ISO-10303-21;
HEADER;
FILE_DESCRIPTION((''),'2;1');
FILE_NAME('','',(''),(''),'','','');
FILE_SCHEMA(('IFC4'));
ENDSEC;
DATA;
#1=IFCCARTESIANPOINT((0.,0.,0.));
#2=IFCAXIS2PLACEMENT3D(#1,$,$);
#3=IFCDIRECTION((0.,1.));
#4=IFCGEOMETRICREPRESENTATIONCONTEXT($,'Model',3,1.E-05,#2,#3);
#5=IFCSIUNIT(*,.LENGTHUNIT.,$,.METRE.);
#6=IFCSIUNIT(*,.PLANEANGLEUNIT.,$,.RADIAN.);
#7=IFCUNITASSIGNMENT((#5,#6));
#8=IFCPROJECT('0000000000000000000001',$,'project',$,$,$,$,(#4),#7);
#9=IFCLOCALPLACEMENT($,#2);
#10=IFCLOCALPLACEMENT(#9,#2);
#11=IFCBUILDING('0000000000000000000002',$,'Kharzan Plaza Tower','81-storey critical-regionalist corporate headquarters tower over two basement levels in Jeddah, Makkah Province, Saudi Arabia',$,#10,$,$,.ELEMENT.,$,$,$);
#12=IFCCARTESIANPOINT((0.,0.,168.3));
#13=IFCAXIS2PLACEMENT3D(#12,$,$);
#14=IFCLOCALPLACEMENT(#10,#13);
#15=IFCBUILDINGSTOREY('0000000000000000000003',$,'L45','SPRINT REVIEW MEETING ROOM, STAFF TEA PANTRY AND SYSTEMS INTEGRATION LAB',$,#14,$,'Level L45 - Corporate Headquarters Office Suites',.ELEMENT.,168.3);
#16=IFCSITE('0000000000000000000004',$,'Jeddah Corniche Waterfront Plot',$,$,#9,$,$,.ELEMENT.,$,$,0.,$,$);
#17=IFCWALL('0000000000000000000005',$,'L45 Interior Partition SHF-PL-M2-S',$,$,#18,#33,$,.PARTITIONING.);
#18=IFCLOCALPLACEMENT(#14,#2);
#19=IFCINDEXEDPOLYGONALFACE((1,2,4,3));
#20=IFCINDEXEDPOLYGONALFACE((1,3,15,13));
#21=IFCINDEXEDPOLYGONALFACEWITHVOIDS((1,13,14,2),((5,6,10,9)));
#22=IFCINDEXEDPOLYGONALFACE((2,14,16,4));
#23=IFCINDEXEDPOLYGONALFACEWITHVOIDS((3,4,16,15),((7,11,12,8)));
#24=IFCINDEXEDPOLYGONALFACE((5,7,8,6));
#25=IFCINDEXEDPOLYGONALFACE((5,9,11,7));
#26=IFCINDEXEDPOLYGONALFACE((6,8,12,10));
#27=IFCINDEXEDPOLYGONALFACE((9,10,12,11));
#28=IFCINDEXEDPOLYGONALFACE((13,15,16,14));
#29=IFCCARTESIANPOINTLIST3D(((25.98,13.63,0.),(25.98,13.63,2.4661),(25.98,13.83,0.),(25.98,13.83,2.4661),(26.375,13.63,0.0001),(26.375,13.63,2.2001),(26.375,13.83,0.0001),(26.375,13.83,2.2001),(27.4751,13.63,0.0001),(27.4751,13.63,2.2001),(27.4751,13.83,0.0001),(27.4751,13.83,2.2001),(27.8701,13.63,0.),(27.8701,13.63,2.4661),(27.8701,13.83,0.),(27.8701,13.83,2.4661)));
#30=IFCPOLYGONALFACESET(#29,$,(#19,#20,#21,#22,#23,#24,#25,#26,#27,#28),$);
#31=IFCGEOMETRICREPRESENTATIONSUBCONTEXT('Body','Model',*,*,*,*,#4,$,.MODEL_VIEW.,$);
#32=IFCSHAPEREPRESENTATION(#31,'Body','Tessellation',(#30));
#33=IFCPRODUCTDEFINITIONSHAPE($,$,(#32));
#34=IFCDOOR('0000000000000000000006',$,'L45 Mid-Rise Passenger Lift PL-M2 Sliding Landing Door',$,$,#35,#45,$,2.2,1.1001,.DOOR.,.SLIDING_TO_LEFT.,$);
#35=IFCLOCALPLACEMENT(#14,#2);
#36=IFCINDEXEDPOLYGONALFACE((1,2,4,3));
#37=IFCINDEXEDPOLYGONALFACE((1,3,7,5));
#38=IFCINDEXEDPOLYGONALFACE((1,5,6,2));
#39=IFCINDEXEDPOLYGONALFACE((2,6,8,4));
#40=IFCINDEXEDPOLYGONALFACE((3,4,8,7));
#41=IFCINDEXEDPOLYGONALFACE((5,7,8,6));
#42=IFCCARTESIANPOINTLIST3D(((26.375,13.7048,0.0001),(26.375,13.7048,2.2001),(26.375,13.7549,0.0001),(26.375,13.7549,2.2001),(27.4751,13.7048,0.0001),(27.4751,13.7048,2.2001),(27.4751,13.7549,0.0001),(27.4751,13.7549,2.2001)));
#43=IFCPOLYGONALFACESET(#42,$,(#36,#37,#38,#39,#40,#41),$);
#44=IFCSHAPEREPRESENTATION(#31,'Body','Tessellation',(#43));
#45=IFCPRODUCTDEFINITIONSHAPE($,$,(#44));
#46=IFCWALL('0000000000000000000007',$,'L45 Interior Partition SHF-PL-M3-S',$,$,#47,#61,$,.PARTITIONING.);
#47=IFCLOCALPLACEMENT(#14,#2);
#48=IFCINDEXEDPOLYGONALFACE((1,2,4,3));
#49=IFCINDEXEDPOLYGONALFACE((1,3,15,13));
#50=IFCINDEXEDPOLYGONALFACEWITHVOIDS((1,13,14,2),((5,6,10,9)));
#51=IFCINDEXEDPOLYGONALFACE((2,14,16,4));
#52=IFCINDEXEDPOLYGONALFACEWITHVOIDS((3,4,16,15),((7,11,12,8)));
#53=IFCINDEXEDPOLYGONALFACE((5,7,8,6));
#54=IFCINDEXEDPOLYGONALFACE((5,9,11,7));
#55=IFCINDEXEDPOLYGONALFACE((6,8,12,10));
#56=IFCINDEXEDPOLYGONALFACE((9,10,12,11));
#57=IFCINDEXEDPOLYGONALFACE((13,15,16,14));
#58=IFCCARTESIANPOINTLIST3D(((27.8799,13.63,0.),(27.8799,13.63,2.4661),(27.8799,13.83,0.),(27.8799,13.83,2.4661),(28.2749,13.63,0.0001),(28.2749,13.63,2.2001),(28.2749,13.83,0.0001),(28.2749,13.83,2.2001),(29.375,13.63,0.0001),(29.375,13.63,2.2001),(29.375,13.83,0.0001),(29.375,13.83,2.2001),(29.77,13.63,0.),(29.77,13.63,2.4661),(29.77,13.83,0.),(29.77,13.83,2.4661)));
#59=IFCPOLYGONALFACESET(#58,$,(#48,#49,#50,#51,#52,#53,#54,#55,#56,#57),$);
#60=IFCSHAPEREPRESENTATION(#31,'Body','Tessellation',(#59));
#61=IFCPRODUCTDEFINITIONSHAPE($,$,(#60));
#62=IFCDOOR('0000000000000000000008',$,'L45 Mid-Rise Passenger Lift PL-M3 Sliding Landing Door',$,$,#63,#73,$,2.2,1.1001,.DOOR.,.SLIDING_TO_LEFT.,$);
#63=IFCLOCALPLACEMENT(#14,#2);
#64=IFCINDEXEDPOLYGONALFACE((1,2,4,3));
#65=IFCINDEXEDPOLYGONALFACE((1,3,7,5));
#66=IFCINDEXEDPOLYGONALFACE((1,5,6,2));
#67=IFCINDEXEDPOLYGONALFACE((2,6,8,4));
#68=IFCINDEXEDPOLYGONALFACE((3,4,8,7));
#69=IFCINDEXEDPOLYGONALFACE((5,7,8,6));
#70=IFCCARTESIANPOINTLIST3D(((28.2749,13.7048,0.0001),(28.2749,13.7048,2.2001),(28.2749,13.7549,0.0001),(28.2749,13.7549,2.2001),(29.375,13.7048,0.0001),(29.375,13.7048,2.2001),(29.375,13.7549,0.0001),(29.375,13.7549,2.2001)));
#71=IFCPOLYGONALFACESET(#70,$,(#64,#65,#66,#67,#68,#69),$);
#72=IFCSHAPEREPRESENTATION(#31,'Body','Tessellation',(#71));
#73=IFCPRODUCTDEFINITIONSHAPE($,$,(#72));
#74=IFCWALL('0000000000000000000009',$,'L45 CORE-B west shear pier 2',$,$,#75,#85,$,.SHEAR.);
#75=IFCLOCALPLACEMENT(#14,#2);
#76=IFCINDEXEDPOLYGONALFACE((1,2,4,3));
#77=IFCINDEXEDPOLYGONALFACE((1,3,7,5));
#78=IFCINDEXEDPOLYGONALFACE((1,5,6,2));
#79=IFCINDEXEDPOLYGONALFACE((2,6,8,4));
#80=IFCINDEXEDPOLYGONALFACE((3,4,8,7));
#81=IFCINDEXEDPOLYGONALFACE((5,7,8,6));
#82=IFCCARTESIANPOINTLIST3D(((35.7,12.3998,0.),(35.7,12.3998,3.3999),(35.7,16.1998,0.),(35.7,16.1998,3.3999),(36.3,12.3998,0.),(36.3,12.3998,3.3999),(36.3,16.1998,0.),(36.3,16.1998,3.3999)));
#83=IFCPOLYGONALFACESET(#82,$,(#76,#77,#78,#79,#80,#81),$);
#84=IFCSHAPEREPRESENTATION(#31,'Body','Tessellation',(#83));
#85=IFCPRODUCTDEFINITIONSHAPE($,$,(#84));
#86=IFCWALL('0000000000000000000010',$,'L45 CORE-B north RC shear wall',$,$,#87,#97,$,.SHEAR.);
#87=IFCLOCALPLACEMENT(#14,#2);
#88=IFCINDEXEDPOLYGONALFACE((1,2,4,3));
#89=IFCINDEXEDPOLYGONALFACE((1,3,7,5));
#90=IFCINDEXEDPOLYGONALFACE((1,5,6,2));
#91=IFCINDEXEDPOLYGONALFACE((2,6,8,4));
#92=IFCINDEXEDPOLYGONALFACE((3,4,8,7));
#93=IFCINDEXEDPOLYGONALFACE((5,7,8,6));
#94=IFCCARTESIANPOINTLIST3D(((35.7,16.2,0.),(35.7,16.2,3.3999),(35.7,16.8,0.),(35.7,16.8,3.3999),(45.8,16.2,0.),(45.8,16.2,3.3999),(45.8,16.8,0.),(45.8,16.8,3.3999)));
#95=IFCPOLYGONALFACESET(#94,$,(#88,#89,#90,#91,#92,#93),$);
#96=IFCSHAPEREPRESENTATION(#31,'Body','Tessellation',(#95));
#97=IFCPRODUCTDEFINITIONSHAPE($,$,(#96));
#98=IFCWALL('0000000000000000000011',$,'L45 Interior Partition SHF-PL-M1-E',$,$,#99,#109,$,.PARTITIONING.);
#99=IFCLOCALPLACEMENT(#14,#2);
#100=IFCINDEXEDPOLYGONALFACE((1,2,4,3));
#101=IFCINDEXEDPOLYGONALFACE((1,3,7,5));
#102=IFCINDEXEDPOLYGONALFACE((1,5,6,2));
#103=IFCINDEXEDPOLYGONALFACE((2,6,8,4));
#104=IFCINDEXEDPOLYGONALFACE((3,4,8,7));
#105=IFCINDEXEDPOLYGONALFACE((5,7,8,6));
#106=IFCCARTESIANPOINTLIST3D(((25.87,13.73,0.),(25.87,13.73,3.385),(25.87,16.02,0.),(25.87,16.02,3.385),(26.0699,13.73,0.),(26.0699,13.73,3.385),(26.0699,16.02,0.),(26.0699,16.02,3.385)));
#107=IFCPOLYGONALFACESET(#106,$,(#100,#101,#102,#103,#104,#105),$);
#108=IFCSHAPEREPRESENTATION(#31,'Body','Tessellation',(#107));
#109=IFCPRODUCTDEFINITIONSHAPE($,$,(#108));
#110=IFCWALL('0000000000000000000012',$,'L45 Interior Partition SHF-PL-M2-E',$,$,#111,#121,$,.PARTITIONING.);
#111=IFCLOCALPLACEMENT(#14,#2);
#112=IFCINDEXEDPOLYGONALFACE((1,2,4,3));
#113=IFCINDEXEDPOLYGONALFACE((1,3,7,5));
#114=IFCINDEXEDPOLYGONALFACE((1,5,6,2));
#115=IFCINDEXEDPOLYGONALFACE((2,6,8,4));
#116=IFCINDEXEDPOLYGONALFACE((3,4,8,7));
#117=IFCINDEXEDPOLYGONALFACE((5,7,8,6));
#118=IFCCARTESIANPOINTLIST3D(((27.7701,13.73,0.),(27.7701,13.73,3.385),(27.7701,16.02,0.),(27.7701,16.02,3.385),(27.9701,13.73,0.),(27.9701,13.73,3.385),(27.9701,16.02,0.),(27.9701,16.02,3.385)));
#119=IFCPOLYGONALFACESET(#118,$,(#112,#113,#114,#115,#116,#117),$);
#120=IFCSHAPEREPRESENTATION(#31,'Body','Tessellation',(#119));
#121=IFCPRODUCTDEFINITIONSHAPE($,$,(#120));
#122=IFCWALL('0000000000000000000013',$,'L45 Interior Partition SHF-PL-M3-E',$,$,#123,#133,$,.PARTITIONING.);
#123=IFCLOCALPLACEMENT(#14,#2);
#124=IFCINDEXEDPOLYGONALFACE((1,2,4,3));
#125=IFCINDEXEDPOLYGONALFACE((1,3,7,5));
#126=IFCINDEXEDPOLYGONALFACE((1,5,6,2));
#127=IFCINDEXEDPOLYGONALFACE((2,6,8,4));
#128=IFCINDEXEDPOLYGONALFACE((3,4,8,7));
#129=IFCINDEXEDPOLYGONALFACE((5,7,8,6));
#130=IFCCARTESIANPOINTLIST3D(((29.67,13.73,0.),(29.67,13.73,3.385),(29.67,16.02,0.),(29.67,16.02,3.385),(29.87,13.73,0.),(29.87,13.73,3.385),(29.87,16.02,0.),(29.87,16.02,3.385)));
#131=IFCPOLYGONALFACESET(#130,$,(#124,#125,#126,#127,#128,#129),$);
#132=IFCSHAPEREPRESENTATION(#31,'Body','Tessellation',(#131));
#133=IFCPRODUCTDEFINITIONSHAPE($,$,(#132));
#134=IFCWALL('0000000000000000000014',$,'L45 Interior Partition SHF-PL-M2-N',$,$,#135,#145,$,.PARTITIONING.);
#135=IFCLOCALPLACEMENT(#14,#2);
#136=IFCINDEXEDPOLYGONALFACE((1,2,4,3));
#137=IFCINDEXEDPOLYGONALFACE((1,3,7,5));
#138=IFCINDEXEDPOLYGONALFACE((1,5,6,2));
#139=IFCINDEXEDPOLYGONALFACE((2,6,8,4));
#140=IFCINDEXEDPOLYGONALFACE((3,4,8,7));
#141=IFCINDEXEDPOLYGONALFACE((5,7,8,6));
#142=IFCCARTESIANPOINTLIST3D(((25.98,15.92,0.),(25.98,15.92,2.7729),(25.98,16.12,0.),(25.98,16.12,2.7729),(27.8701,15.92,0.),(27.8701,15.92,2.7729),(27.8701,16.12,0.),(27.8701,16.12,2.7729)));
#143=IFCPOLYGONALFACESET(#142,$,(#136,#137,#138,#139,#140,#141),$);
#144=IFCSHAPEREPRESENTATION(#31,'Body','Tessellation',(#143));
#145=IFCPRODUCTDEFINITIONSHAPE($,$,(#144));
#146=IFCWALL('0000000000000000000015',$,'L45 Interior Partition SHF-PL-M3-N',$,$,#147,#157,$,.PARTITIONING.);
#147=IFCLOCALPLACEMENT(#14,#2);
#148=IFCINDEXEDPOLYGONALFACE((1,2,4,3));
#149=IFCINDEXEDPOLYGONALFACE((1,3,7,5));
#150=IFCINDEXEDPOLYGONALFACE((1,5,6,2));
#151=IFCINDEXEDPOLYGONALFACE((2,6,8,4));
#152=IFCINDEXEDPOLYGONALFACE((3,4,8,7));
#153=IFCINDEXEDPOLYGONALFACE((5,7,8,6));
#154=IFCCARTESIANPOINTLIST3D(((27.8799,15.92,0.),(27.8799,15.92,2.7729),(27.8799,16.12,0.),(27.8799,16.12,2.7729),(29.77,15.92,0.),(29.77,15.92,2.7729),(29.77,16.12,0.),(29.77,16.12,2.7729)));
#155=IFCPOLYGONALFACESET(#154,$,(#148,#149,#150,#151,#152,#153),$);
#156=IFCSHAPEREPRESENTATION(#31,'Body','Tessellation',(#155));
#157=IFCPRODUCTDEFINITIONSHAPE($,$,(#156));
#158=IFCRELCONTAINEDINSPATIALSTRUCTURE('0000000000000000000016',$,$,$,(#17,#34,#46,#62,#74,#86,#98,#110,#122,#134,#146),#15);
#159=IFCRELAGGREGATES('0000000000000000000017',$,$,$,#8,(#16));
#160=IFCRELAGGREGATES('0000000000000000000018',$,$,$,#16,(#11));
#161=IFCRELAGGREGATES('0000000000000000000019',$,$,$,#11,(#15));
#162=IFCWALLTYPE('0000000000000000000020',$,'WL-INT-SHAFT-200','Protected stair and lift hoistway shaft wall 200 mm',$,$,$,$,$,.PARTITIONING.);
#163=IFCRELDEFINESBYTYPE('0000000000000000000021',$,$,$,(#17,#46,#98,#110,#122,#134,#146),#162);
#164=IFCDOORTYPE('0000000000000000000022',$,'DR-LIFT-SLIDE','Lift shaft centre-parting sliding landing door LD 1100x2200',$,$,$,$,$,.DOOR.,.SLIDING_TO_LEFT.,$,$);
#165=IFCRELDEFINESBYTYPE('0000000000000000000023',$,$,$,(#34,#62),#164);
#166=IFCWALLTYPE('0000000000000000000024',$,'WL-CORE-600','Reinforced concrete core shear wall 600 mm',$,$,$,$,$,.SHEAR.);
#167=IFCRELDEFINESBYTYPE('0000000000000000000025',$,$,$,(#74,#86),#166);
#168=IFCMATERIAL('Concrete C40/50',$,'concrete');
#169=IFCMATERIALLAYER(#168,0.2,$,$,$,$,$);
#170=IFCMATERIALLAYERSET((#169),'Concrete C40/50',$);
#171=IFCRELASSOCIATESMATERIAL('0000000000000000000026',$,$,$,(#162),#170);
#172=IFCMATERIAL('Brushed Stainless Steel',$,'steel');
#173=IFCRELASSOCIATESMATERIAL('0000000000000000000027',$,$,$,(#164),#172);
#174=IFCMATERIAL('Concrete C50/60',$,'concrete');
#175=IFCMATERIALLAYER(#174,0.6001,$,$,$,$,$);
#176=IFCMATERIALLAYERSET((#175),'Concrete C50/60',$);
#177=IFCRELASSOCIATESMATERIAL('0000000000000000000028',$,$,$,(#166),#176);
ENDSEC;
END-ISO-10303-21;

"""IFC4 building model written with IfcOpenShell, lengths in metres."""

from ifc_helpers import new_model, si_unit, direction, frame, frame_2d, origin, place, context, subcontext, project, spatial, rectangle, extrude, source, transform, mapped, material, layer, layer_set, type_object, element, fill, save


model = new_model("IFC4")

# Units and contexts
model_context = context("Model", 3, precision=1e-05, world=origin(), true_north=direction((0.0, 1.0)))
body_context = subcontext(model_context, "Body", "Model", "MODEL_VIEW")
ifc_project = project(units=[si_unit("LENGTHUNIT", "METRE"), si_unit("PLANEANGLEUNIT", "RADIAN")], contexts=[model_context])

# Site, building, storey
site_placement = place(None, origin())
site = spatial("IfcSite", under=ifc_project, at=site_placement, Name="Jeddah Corniche Waterfront Plot", CompositionType="ELEMENT", RefElevation=0.0)
building_placement = place(site_placement, origin())
building = spatial("IfcBuilding", under=site, at=building_placement, Name="Kharzan Plaza Tower", Description="81-storey critical-regionalist corporate headquarters tower over two basement levels in Jeddah, Makkah Province, Saudi Arabia", CompositionType="ELEMENT")
storey_placement = place(building_placement, frame((0.0, 0.0, 168.3)))
storey = spatial("IfcBuildingStorey", under=building, at=storey_placement, Name="L45", Description="SPRINT REVIEW MEETING ROOM, STAFF TEA PANTRY AND SYSTEMS INTEGRATION LAB", LongName="Level L45 - Corporate Headquarters Office Suites", CompositionType="ELEMENT", Elevation=168.3)

# Shared definitions
ifc_material_1 = material(Name="Concrete C50/60", Category="concrete")

# Shared definitions
ifc_material_2 = material(Name="Concrete C40/50", Category="concrete")

# Walls, openings, doors
ifc_layer_1 = layer(ifc_material_2, 0.2)
ifc_layer_set_1 = layer_set([ifc_layer_1], Name="Concrete C40/50")
wall_type_1 = type_object("IfcWallType", Name="WL-INT-SHAFT-200", Description="Protected stair and lift hoistway shaft wall 200 mm", PredefinedType="PARTITIONING", material=ifc_layer_set_1)
wall_1_placement = place(storey_placement, frame((25.98, 13.73, 0.0), z_axis=(0.0, 0.0, 1.0), x_axis=(1.0, 0.0, 0.0)))
wall_1 = element("IfcWall", 1, at=wall_1_placement, inside=storey, type_object=wall_type_1, Name="L45 Interior Partition SHF-PL-M2-S", PredefinedType="PARTITIONING", context=body_context, shape_type="SweptSolid", body=[
    extrude(rectangle(XDim=1.8901, YDim=0.2, at=frame_2d((0.9451, 0.0))), origin(), (0.0, 0.0, 1.0), 2.4661),
])
opening_1_placement = place(wall_1_placement, frame((0.395, 0.0, 0.0)))
opening_1 = element("IfcOpeningElement", 2, at=opening_1_placement, cuts=wall_1, PredefinedType="OPENING", context=body_context, shape_type="SweptSolid", body=[
    extrude(rectangle(XDim=1.1001, YDim=2.2, at=frame_2d((0.55, 1.1001))), frame((0.0, 0.1099, 0.0), z_axis=(0.0, -1.0, 0.0), x_axis=(1.0, 0.0, 0.0)), (0.0, 0.0, 1.0), 0.22),
])
ifc_material_3 = material(Name="Brushed Stainless Steel", Category="steel")
door_type_1 = type_object("IfcDoorType", Name="DR-LIFT-SLIDE", Description="Lift shaft centre-parting sliding landing door LD 1100x2200", OperationType="SLIDING_TO_LEFT", PredefinedType="DOOR", material=ifc_material_3)
shared_shape_1 = source(origin(), body_context, "Body", "SweptSolid", [
    extrude(rectangle(XDim=1.1001, YDim=2.2, at=frame_2d((0.55, 1.1001))), frame((0.0, 0.0249, 0.0), z_axis=(0.0, -1.0, 0.0), x_axis=(1.0, 0.0, 0.0)), (0.0, 0.0, 1.0), 0.05),
])
door_1_placement = place(opening_1_placement, origin())
door_1 = element("IfcDoor", 3, at=door_1_placement, inside=storey, type_object=door_type_1, Name="L45 Mid-Rise Passenger Lift PL-M2 Sliding Landing Door", OperationType="SLIDING_TO_LEFT", OverallHeight=2.2, OverallWidth=1.1001, PredefinedType="DOOR", context=body_context, shape_type="MappedRepresentation", body=[
    mapped(shared_shape_1, transform((0.0, 0.0, 0.0), x_axis=(1.0, 0.0, 0.0), y_axis=(0.0, 1.0, 0.0), z_axis=(0.0, 0.0, 1.0))),
])
fill(opening_1, door_1)
wall_2_placement = place(storey_placement, frame((27.8799, 13.73, 0.0), z_axis=(0.0, 0.0, 1.0), x_axis=(1.0, 0.0, 0.0)))
wall_2 = element("IfcWall", 4, at=wall_2_placement, inside=storey, type_object=wall_type_1, Name="L45 Interior Partition SHF-PL-M3-S", PredefinedType="PARTITIONING", context=body_context, shape_type="SweptSolid", body=[
    extrude(rectangle(XDim=1.8901, YDim=0.2, at=frame_2d((0.9451, 0.0))), origin(), (0.0, 0.0, 1.0), 2.4661),
])
opening_2_placement = place(wall_2_placement, frame((0.395, 0.0, 0.0)))
opening_2 = element("IfcOpeningElement", 5, at=opening_2_placement, cuts=wall_2, PredefinedType="OPENING", context=body_context, shape_type="SweptSolid", body=[
    extrude(rectangle(XDim=1.1001, YDim=2.2, at=frame_2d((0.55, 1.1001))), frame((0.0, 0.1099, 0.0), z_axis=(0.0, -1.0, 0.0), x_axis=(1.0, 0.0, 0.0)), (0.0, 0.0, 1.0), 0.22),
])
door_2_placement = place(opening_2_placement, origin())
door_2 = element("IfcDoor", 6, at=door_2_placement, inside=storey, type_object=door_type_1, Name="L45 Mid-Rise Passenger Lift PL-M3 Sliding Landing Door", OperationType="SLIDING_TO_LEFT", OverallHeight=2.2, OverallWidth=1.1001, PredefinedType="DOOR", context=body_context, shape_type="MappedRepresentation", body=[
    mapped(shared_shape_1, transform((0.0, 0.0, 0.0), x_axis=(1.0, 0.0, 0.0), y_axis=(0.0, 1.0, 0.0), z_axis=(0.0, 0.0, 1.0))),
])
fill(opening_2, door_2)

# Walls
ifc_layer_2 = layer(ifc_material_1, 0.6001)
ifc_layer_set_2 = layer_set([ifc_layer_2], Name="Concrete C50/60")
wall_type_2 = type_object("IfcWallType", Name="WL-CORE-600", Description="Reinforced concrete core shear wall 600 mm", PredefinedType="SHEAR", material=ifc_layer_set_2)
shared_shape_2 = source(origin(), body_context, "Body", "SweptSolid", [
    extrude(rectangle(XDim=3.8, YDim=0.6001, at=frame_2d((1.8999, 0.0))), origin(), (0.0, 0.0, 1.0), 3.3999),
])
wall_3_placement = place(storey_placement, frame((36.0, 12.3999, 0.0), z_axis=(0.0, 0.0, 1.0), x_axis=(0.0, 1.0, 0.0)))
element("IfcWall", 7, at=wall_3_placement, inside=storey, type_object=wall_type_2, Name="L45 CORE-B west shear pier 2", PredefinedType="SHEAR", context=body_context, shape_type="MappedRepresentation", body=[
    mapped(shared_shape_2, transform((0.0, 0.0, 0.0), x_axis=(1.0, 0.0, 0.0), y_axis=(0.0, 1.0, 0.0), z_axis=(0.0, 0.0, 1.0))),
])
shared_shape_3 = source(origin(), body_context, "Body", "SweptSolid", [
    extrude(rectangle(XDim=10.1001, YDim=0.6001, at=frame_2d((5.05, 0.0))), origin(), (0.0, 0.0, 1.0), 3.3999),
])
wall_4_placement = place(storey_placement, frame((35.7, 16.5, 0.0), z_axis=(0.0, 0.0, 1.0), x_axis=(1.0, 0.0, 0.0)))
element("IfcWall", 8, at=wall_4_placement, inside=storey, type_object=wall_type_2, Name="L45 CORE-B north RC shear wall", PredefinedType="SHEAR", context=body_context, shape_type="MappedRepresentation", body=[
    mapped(shared_shape_3, transform((0.0, 0.0, 0.0), x_axis=(1.0, 0.0, 0.0), y_axis=(0.0, 1.0, 0.0), z_axis=(0.0, 0.0, 1.0))),
])
shared_shape_4 = source(origin(), body_context, "Body", "SweptSolid", [
    extrude(rectangle(XDim=2.29, YDim=0.2, at=frame_2d((1.145, 0.0))), origin(), (0.0, 0.0, 1.0), 3.385),
])
for number, where, z_axis, x_axis, name in (
    (9, (25.97, 13.73, 0.0), (0.0, 0.0, 1.0), (0.0, 1.0, 0.0), "L45 Interior Partition SHF-PL-M1-E"),
    (10, (27.8701, 13.73, 0.0), (0.0, 0.0, 1.0), (0.0, 1.0, 0.0), "L45 Interior Partition SHF-PL-M2-E"),
    (11, (29.77, 13.73, 0.0), (0.0, 0.0, 1.0), (0.0, 1.0, 0.0), "L45 Interior Partition SHF-PL-M3-E"),
):
    element("IfcWall", number, at=place(storey_placement, frame(where, z_axis=z_axis, x_axis=x_axis)), inside=storey, type_object=wall_type_1, Name=name, PredefinedType="PARTITIONING", context=body_context, shape_type="MappedRepresentation", body=[
        mapped(shared_shape_4, transform((0.0, 0.0, 0.0), x_axis=(1.0, 0.0, 0.0), y_axis=(0.0, 1.0, 0.0), z_axis=(0.0, 0.0, 1.0))),
    ])
shared_shape_5 = source(origin(), body_context, "Body", "SweptSolid", [
    extrude(rectangle(XDim=1.8901, YDim=0.2, at=frame_2d((0.9451, 0.0))), origin(), (0.0, 0.0, 1.0), 2.7729),
])
for number, where, z_axis, x_axis, name in (
    (12, (25.98, 16.02, 0.0), (0.0, 0.0, 1.0), (1.0, 0.0, 0.0), "L45 Interior Partition SHF-PL-M2-N"),
    (13, (27.8799, 16.02, 0.0), (0.0, 0.0, 1.0), (1.0, 0.0, 0.0), "L45 Interior Partition SHF-PL-M3-N"),
):
    element("IfcWall", number, at=place(storey_placement, frame(where, z_axis=z_axis, x_axis=x_axis)), inside=storey, type_object=wall_type_1, Name=name, PredefinedType="PARTITIONING", context=body_context, shape_type="MappedRepresentation", body=[
        mapped(shared_shape_5, transform((0.0, 0.0, 0.0), x_axis=(1.0, 0.0, 0.0), y_axis=(0.0, 1.0, 0.0), z_axis=(0.0, 0.0, 1.0))),
    ])

save(model, "model.ifc")
